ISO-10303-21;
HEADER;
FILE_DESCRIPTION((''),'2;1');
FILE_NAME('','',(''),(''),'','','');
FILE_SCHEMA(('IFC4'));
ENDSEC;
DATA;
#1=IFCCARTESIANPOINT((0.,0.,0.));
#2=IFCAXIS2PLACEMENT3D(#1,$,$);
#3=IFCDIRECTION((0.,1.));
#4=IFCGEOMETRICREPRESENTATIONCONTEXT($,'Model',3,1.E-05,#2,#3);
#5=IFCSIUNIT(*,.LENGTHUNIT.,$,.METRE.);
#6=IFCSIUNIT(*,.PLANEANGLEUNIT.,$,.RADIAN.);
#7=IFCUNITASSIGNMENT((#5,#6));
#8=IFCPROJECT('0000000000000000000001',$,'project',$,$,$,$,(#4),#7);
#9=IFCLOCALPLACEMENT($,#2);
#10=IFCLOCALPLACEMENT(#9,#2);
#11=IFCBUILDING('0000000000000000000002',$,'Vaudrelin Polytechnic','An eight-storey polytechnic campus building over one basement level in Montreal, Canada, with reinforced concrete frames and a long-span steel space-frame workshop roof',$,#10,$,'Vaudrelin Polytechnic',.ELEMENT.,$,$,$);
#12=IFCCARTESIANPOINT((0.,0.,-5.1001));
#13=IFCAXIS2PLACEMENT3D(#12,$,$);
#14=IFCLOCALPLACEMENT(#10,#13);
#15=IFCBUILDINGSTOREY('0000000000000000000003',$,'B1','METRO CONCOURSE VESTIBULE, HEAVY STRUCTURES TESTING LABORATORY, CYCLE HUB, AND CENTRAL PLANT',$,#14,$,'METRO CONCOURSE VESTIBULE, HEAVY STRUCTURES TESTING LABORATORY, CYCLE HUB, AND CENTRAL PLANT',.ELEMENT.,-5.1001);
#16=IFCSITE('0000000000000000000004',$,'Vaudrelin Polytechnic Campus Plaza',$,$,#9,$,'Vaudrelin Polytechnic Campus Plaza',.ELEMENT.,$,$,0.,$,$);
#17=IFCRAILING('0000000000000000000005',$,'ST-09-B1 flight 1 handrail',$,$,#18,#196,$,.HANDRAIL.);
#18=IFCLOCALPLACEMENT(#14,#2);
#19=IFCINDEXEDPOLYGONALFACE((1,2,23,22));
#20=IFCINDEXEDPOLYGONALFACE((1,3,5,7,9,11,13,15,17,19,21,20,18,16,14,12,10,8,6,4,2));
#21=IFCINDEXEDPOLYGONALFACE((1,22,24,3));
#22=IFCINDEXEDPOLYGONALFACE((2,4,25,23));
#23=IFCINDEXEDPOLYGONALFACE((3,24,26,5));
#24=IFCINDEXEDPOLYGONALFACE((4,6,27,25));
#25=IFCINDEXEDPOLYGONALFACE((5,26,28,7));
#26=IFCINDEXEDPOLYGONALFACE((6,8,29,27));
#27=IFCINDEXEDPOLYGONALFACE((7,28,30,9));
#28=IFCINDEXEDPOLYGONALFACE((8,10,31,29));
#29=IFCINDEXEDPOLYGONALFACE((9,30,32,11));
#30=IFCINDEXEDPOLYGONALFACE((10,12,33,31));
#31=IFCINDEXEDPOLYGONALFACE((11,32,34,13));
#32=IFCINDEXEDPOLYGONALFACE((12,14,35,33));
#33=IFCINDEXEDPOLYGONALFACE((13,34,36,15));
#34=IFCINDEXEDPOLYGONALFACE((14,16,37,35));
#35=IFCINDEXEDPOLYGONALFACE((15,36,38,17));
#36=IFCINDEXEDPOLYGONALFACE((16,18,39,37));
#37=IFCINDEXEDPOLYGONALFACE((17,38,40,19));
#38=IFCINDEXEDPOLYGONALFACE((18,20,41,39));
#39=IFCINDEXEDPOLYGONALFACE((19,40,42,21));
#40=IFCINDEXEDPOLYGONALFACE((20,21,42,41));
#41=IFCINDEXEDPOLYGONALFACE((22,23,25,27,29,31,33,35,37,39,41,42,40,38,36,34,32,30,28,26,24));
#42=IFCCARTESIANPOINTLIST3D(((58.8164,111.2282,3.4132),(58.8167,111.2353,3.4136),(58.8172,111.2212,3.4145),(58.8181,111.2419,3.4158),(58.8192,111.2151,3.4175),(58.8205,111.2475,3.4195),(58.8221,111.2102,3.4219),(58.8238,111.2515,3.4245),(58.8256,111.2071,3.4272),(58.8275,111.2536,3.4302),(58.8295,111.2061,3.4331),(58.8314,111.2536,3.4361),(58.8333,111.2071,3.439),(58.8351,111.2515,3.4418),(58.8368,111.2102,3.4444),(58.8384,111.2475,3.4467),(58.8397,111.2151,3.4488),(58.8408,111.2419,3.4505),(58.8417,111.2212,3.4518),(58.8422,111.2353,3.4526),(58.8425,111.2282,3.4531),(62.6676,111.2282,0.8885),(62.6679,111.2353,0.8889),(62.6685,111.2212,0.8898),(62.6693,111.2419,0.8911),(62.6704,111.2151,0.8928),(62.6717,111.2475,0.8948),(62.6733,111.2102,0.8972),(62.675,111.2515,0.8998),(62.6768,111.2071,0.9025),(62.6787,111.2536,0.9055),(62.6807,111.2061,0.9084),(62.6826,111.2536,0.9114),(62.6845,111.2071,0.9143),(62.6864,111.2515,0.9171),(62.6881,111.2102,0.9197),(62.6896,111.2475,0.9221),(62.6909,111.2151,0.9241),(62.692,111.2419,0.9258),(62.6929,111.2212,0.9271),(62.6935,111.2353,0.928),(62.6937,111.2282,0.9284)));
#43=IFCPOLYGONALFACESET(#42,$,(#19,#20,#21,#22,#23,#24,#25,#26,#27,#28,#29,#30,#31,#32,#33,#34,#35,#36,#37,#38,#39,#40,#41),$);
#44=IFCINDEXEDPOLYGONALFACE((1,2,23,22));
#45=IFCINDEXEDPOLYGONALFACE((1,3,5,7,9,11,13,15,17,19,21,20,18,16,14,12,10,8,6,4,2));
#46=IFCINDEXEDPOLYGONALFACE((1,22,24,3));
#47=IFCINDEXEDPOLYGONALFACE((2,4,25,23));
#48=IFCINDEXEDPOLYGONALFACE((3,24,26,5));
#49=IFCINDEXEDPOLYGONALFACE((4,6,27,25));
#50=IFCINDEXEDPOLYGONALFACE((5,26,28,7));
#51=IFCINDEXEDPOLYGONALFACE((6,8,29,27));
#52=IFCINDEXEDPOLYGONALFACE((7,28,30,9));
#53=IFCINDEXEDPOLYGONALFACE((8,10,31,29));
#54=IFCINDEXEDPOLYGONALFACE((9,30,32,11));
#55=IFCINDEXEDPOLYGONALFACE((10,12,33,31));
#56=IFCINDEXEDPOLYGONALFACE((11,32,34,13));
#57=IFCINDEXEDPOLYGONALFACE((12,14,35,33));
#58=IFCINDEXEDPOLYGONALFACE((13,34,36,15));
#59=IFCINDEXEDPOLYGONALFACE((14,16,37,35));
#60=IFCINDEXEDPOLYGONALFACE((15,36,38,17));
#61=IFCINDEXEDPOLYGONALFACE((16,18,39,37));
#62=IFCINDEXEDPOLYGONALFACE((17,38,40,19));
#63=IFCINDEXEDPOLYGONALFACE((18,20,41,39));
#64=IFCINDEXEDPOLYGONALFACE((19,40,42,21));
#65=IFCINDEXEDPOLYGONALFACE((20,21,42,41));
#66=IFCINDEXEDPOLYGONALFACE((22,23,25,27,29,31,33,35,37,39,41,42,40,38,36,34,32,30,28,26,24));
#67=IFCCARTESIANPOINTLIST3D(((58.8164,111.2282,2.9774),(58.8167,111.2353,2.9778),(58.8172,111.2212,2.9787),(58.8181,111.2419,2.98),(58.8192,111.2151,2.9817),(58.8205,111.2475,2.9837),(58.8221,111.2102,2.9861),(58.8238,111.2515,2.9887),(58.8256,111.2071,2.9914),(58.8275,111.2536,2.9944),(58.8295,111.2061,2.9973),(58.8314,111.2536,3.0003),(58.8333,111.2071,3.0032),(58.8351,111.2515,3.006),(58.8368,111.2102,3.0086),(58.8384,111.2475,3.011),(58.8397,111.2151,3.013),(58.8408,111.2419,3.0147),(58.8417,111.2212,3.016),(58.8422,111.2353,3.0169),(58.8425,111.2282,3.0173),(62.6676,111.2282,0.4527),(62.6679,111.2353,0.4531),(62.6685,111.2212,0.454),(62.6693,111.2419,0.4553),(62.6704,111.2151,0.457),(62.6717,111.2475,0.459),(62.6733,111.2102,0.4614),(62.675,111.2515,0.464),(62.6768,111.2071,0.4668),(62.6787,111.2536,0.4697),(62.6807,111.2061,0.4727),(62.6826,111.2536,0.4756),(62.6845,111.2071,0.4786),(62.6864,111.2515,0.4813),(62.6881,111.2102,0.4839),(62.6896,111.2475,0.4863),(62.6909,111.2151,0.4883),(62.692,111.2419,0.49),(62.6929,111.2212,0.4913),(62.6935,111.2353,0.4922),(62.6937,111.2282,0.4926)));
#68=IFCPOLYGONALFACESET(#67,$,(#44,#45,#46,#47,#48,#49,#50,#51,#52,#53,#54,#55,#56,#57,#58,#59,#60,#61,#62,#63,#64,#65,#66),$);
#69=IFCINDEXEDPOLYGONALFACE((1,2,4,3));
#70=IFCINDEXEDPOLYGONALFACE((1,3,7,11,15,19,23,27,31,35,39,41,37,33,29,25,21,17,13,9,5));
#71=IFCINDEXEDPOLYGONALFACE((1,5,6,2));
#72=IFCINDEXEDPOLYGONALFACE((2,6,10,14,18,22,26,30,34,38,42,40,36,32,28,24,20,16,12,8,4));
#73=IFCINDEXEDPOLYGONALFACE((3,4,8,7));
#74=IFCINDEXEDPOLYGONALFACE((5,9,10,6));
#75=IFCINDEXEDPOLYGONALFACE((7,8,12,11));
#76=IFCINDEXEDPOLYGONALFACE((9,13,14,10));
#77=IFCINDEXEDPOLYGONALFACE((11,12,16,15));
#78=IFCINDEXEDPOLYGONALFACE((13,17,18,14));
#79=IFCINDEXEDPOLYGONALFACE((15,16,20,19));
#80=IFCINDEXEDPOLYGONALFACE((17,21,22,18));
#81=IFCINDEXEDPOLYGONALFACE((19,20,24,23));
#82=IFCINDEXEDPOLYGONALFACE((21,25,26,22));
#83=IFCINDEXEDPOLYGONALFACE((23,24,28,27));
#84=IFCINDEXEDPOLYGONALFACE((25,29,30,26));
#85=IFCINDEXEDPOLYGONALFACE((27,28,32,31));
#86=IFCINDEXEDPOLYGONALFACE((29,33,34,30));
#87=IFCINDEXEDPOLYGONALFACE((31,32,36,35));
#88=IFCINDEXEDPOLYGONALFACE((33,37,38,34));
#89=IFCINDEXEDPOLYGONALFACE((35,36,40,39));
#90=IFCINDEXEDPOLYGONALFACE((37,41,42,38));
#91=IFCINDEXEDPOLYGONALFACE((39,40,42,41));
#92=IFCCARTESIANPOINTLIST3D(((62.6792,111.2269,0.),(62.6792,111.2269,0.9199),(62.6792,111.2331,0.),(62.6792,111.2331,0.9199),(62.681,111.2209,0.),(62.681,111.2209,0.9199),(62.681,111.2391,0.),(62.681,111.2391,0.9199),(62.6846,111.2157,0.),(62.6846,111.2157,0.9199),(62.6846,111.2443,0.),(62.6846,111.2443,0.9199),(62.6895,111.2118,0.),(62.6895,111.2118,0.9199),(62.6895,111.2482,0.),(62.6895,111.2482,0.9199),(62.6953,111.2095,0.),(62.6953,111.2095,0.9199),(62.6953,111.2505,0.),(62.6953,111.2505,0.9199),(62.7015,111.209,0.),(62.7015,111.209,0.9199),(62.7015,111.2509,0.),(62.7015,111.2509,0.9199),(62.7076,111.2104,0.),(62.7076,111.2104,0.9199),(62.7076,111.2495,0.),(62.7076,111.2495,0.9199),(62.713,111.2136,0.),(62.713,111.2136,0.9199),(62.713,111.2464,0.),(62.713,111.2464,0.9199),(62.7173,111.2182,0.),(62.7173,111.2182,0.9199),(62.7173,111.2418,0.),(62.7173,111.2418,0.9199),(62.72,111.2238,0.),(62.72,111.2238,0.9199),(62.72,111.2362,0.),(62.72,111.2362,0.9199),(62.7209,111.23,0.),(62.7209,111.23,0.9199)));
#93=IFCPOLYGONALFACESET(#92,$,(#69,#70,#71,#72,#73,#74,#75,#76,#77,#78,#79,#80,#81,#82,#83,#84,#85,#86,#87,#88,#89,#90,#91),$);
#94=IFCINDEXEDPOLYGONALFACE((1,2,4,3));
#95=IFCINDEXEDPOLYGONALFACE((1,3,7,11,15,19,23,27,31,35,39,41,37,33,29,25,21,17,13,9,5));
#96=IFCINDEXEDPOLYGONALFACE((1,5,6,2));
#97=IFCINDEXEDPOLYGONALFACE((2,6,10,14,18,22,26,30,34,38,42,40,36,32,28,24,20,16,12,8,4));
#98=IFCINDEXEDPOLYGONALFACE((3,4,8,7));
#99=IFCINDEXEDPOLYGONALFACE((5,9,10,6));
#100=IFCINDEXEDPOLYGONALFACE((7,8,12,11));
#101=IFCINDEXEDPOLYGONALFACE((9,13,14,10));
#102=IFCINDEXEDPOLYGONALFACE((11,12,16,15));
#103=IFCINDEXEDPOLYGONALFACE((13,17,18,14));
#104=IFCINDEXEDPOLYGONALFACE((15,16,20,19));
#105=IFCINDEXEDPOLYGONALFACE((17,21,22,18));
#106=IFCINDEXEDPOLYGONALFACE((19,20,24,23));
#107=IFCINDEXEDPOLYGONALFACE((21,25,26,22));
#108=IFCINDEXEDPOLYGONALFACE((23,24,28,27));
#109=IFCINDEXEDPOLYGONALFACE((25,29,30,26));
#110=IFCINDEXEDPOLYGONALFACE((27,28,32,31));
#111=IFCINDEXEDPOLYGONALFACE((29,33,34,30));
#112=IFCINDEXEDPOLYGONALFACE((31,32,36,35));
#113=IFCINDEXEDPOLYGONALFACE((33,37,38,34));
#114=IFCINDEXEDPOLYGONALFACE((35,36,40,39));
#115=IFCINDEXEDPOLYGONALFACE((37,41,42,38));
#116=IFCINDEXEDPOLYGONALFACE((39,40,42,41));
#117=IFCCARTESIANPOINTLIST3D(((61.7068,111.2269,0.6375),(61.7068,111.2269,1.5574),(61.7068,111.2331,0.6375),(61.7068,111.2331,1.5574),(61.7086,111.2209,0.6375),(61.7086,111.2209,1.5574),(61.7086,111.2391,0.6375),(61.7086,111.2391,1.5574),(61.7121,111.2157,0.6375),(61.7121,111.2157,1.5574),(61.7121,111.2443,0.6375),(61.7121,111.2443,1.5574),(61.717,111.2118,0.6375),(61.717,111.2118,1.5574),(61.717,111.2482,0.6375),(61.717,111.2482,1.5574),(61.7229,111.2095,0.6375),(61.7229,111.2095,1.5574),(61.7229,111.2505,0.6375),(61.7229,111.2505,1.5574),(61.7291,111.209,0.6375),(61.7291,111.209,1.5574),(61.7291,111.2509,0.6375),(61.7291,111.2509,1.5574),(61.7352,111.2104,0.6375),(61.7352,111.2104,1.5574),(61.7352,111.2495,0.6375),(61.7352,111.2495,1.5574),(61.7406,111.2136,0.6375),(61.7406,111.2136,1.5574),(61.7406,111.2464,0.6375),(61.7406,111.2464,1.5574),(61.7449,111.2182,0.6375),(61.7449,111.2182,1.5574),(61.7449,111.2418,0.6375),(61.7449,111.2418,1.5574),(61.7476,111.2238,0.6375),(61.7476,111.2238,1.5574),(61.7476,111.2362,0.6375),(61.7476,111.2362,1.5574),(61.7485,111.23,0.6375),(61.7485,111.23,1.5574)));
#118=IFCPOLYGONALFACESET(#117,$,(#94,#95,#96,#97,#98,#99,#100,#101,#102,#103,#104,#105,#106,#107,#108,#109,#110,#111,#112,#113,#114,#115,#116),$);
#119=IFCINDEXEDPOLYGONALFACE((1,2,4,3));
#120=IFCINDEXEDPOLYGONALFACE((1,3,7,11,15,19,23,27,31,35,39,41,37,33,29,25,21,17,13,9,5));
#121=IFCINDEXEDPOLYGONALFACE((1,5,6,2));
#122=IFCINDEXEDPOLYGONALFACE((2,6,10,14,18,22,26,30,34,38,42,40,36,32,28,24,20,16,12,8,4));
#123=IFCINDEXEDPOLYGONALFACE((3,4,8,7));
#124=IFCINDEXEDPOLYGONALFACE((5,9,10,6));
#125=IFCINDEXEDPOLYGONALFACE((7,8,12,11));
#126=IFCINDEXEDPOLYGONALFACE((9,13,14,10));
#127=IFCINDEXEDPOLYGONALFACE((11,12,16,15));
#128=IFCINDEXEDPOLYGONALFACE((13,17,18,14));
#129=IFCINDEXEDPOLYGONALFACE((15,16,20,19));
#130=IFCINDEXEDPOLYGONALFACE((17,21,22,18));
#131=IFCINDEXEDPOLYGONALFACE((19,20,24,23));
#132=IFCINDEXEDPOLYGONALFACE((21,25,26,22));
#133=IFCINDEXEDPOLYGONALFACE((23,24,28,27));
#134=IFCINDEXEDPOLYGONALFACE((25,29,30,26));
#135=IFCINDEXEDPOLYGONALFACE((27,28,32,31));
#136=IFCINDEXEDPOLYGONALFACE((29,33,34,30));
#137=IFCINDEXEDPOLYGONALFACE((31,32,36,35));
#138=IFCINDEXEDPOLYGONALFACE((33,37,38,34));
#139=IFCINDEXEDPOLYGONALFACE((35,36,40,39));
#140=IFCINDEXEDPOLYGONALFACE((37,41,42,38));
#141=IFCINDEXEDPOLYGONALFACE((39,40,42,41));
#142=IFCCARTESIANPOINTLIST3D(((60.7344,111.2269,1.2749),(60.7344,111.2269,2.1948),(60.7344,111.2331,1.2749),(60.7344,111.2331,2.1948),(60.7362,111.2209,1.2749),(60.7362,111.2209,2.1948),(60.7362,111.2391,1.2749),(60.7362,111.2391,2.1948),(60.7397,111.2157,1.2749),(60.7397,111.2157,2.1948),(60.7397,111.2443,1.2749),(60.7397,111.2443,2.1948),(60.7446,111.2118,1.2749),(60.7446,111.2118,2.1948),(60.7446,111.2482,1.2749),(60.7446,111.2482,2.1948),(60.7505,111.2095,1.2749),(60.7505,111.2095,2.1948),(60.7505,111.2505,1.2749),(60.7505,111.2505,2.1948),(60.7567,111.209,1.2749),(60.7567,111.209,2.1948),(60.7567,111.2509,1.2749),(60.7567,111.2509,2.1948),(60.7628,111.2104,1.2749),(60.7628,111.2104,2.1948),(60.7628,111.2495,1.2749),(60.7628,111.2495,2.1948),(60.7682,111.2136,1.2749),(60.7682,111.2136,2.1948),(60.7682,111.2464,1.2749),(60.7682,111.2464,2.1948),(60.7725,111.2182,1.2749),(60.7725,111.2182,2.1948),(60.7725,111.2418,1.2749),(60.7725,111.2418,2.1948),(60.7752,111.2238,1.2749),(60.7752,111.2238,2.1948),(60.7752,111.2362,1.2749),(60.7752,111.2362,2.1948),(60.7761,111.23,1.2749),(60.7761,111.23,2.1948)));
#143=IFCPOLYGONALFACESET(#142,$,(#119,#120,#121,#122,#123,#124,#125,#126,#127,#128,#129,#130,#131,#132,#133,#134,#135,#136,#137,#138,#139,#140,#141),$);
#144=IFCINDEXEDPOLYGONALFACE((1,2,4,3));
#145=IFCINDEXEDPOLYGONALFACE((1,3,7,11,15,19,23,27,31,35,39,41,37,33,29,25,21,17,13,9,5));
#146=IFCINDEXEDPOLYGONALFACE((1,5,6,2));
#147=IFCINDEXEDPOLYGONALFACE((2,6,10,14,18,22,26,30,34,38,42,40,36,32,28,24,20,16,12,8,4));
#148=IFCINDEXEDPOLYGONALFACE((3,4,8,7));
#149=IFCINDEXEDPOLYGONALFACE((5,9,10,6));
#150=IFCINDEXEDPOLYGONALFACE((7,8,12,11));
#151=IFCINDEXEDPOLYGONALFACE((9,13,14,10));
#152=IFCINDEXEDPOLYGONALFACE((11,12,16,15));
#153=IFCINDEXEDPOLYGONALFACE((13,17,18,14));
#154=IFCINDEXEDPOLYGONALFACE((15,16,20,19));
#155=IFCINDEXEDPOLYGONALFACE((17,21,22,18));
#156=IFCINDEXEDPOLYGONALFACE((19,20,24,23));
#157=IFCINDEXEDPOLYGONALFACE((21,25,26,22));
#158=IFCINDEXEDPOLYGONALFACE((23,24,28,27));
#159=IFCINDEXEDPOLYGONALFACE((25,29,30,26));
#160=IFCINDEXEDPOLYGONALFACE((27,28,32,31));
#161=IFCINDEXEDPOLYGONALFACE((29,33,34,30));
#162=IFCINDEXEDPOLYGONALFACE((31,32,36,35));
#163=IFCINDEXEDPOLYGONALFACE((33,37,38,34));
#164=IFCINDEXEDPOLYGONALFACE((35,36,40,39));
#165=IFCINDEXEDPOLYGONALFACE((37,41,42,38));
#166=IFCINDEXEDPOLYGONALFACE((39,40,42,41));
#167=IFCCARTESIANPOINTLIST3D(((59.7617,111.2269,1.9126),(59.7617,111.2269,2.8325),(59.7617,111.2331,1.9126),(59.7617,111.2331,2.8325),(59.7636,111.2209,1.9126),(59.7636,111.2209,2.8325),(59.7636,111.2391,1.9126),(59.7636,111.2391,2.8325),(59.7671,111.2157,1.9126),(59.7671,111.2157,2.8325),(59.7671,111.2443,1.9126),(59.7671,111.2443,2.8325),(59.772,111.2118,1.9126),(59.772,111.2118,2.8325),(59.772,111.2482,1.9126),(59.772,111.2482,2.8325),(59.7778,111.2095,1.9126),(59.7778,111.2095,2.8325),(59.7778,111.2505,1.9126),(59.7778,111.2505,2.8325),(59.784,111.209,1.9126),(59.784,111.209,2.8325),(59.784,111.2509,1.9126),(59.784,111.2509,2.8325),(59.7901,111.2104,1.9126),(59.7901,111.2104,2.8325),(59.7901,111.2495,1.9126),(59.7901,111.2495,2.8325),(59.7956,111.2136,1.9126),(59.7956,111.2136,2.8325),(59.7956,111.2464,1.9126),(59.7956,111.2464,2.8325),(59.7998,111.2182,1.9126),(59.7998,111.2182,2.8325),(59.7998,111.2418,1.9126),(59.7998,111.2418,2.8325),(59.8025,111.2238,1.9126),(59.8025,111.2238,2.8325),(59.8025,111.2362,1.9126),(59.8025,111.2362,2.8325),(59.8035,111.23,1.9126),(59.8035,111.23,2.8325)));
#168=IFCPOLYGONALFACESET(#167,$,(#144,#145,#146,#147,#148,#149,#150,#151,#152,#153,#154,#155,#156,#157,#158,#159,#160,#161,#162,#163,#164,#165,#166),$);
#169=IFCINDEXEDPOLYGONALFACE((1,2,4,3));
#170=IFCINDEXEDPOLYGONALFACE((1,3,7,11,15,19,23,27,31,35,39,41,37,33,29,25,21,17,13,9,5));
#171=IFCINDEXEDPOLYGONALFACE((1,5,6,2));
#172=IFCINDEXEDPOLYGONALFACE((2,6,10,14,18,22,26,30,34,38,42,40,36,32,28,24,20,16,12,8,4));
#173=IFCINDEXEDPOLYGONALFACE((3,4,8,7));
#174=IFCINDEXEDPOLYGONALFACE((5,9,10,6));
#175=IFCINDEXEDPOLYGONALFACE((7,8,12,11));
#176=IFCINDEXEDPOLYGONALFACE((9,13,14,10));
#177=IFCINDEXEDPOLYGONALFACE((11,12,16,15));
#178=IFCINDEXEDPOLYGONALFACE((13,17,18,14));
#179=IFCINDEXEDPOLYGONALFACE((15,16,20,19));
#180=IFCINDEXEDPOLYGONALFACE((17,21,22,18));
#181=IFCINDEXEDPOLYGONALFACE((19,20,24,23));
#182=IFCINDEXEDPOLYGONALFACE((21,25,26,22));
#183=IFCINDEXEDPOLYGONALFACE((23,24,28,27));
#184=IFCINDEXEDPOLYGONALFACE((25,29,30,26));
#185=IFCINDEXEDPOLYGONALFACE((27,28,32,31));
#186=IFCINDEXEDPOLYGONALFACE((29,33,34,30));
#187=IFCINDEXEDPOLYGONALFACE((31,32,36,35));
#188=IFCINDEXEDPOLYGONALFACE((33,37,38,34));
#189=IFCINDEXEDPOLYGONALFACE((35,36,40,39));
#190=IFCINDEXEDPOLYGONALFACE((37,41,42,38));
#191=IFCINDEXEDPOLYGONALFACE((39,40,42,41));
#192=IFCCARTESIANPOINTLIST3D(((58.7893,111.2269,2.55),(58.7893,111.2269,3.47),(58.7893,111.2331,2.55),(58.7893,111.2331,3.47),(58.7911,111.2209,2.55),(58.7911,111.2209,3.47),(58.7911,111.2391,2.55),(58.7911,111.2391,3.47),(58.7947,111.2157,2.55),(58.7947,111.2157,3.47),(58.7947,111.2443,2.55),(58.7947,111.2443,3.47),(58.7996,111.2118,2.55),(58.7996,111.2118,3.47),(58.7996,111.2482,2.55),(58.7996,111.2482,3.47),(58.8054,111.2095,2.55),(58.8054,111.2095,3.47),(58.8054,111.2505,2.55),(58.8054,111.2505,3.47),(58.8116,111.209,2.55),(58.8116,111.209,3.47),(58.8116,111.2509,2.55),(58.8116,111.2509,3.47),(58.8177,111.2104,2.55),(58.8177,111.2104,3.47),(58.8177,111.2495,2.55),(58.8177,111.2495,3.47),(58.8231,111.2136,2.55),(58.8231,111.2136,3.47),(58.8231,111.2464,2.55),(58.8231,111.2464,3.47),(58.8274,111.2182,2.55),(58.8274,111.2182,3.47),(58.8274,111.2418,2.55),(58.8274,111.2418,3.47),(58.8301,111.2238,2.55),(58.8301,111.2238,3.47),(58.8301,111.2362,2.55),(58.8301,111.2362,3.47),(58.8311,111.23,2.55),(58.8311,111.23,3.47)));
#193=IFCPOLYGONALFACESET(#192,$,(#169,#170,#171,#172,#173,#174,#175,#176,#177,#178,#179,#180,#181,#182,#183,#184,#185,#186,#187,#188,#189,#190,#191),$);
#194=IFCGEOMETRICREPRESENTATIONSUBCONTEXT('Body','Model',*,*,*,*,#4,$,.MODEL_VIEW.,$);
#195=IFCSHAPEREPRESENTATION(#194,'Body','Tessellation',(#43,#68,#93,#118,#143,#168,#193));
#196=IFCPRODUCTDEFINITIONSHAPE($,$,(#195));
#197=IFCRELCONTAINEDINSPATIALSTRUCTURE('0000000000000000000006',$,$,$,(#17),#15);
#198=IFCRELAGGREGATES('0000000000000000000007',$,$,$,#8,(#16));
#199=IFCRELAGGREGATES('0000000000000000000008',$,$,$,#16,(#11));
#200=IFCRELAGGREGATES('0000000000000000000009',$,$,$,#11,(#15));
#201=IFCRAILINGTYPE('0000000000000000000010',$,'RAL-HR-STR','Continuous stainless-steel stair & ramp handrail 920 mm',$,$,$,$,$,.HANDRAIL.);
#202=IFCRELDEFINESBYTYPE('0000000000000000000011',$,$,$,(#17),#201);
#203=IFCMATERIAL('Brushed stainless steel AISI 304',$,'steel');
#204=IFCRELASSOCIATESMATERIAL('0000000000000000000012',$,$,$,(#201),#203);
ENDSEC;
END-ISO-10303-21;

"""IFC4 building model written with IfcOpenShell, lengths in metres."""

from ifc_helpers import new_model, si_unit, direction, frame, origin, origin_2d, place, context, subcontext, project, spatial, circle, extrude, material, type_object, element, save


model = new_model("IFC4")

# Units and contexts
model_context = context("Model", 3, precision=1e-05, world=origin(), true_north=direction((0.0, 1.0)))
body_context = subcontext(model_context, "Body", "Model", "MODEL_VIEW")
ifc_project = project(units=[si_unit("LENGTHUNIT", "METRE"), si_unit("PLANEANGLEUNIT", "RADIAN")], contexts=[model_context])

# Site, building, storey
site_placement = place(None, origin())
site = spatial("IfcSite", under=ifc_project, at=site_placement, Name="Vaudrelin Polytechnic Campus Plaza", LongName="Vaudrelin Polytechnic Campus Plaza", CompositionType="ELEMENT", RefElevation=0.0)
building_placement = place(site_placement, origin())
building = spatial("IfcBuilding", under=site, at=building_placement, Name="Vaudrelin Polytechnic", Description="An eight-storey polytechnic campus building over one basement level in Montreal, Canada, with reinforced concrete frames and a long-span steel space-frame workshop roof", LongName="Vaudrelin Polytechnic", CompositionType="ELEMENT")
storey_placement = place(building_placement, frame((0.0, 0.0, -5.1001)))
storey = spatial("IfcBuildingStorey", under=building, at=storey_placement, Name="B1", Description="METRO CONCOURSE VESTIBULE, HEAVY STRUCTURES TESTING LABORATORY, CYCLE HUB, AND CENTRAL PLANT", LongName="METRO CONCOURSE VESTIBULE, HEAVY STRUCTURES TESTING LABORATORY, CYCLE HUB, AND CENTRAL PLANT", CompositionType="ELEMENT", Elevation=-5.1001)

# Railing
ifc_material_1 = material(Name="Brushed stainless steel AISI 304", Category="steel")
railing_type = type_object("IfcRailingType", Name="RAL-HR-STR", Description="Continuous stainless-steel stair & ramp handrail 920 mm", PredefinedType="HANDRAIL", material=ifc_material_1)
railing_placement = place(storey_placement, frame((62.7, 111.23, 0.0)))
element("IfcRailing", 1, at=railing_placement, inside=storey, type_object=railing_type, Name="ST-09-B1 flight 1 handrail", PredefinedType="HANDRAIL", context=body_context, shape_type="SweptSolid", body=[
    extrude(circle(Radius=0.0239, at=origin_2d()), frame((-0.0193, 0.0, 0.9084), z_axis=(-0.836313, 0.0, 0.548252), x_axis=(0.0, -1.0, 0.0)), (0.0, 0.0, 1.0), 4.605),
    extrude(circle(Radius=0.0239, at=origin_2d()), frame((-0.0193, 0.0, 0.4727), z_axis=(-0.836313, 0.0, 0.548252), x_axis=(0.0, -1.0, 0.0)), (0.0, 0.0, 1.0), 4.605),
    extrude(circle(Radius=0.021, at=origin_2d()), origin(), (0.0, 0.0, 1.0), 0.9199),
    extrude(circle(Radius=0.021, at=origin_2d()), frame((-0.9724, 0.0, 0.6375)), (0.0, 0.0, 1.0), 0.9199),
    extrude(circle(Radius=0.021, at=origin_2d()), frame((-1.9448, 0.0, 1.2749)), (0.0, 0.0, 1.0), 0.9199),
    extrude(circle(Radius=0.021, at=origin_2d()), frame((-2.9175, 0.0, 1.9126)), (0.0, 0.0, 1.0), 0.9199),
    extrude(circle(Radius=0.021, at=origin_2d()), frame((-3.8899, 0.0, 2.55)), (0.0, 0.0, 1.0), 0.9199),
])

save(model, "model.ifc")
